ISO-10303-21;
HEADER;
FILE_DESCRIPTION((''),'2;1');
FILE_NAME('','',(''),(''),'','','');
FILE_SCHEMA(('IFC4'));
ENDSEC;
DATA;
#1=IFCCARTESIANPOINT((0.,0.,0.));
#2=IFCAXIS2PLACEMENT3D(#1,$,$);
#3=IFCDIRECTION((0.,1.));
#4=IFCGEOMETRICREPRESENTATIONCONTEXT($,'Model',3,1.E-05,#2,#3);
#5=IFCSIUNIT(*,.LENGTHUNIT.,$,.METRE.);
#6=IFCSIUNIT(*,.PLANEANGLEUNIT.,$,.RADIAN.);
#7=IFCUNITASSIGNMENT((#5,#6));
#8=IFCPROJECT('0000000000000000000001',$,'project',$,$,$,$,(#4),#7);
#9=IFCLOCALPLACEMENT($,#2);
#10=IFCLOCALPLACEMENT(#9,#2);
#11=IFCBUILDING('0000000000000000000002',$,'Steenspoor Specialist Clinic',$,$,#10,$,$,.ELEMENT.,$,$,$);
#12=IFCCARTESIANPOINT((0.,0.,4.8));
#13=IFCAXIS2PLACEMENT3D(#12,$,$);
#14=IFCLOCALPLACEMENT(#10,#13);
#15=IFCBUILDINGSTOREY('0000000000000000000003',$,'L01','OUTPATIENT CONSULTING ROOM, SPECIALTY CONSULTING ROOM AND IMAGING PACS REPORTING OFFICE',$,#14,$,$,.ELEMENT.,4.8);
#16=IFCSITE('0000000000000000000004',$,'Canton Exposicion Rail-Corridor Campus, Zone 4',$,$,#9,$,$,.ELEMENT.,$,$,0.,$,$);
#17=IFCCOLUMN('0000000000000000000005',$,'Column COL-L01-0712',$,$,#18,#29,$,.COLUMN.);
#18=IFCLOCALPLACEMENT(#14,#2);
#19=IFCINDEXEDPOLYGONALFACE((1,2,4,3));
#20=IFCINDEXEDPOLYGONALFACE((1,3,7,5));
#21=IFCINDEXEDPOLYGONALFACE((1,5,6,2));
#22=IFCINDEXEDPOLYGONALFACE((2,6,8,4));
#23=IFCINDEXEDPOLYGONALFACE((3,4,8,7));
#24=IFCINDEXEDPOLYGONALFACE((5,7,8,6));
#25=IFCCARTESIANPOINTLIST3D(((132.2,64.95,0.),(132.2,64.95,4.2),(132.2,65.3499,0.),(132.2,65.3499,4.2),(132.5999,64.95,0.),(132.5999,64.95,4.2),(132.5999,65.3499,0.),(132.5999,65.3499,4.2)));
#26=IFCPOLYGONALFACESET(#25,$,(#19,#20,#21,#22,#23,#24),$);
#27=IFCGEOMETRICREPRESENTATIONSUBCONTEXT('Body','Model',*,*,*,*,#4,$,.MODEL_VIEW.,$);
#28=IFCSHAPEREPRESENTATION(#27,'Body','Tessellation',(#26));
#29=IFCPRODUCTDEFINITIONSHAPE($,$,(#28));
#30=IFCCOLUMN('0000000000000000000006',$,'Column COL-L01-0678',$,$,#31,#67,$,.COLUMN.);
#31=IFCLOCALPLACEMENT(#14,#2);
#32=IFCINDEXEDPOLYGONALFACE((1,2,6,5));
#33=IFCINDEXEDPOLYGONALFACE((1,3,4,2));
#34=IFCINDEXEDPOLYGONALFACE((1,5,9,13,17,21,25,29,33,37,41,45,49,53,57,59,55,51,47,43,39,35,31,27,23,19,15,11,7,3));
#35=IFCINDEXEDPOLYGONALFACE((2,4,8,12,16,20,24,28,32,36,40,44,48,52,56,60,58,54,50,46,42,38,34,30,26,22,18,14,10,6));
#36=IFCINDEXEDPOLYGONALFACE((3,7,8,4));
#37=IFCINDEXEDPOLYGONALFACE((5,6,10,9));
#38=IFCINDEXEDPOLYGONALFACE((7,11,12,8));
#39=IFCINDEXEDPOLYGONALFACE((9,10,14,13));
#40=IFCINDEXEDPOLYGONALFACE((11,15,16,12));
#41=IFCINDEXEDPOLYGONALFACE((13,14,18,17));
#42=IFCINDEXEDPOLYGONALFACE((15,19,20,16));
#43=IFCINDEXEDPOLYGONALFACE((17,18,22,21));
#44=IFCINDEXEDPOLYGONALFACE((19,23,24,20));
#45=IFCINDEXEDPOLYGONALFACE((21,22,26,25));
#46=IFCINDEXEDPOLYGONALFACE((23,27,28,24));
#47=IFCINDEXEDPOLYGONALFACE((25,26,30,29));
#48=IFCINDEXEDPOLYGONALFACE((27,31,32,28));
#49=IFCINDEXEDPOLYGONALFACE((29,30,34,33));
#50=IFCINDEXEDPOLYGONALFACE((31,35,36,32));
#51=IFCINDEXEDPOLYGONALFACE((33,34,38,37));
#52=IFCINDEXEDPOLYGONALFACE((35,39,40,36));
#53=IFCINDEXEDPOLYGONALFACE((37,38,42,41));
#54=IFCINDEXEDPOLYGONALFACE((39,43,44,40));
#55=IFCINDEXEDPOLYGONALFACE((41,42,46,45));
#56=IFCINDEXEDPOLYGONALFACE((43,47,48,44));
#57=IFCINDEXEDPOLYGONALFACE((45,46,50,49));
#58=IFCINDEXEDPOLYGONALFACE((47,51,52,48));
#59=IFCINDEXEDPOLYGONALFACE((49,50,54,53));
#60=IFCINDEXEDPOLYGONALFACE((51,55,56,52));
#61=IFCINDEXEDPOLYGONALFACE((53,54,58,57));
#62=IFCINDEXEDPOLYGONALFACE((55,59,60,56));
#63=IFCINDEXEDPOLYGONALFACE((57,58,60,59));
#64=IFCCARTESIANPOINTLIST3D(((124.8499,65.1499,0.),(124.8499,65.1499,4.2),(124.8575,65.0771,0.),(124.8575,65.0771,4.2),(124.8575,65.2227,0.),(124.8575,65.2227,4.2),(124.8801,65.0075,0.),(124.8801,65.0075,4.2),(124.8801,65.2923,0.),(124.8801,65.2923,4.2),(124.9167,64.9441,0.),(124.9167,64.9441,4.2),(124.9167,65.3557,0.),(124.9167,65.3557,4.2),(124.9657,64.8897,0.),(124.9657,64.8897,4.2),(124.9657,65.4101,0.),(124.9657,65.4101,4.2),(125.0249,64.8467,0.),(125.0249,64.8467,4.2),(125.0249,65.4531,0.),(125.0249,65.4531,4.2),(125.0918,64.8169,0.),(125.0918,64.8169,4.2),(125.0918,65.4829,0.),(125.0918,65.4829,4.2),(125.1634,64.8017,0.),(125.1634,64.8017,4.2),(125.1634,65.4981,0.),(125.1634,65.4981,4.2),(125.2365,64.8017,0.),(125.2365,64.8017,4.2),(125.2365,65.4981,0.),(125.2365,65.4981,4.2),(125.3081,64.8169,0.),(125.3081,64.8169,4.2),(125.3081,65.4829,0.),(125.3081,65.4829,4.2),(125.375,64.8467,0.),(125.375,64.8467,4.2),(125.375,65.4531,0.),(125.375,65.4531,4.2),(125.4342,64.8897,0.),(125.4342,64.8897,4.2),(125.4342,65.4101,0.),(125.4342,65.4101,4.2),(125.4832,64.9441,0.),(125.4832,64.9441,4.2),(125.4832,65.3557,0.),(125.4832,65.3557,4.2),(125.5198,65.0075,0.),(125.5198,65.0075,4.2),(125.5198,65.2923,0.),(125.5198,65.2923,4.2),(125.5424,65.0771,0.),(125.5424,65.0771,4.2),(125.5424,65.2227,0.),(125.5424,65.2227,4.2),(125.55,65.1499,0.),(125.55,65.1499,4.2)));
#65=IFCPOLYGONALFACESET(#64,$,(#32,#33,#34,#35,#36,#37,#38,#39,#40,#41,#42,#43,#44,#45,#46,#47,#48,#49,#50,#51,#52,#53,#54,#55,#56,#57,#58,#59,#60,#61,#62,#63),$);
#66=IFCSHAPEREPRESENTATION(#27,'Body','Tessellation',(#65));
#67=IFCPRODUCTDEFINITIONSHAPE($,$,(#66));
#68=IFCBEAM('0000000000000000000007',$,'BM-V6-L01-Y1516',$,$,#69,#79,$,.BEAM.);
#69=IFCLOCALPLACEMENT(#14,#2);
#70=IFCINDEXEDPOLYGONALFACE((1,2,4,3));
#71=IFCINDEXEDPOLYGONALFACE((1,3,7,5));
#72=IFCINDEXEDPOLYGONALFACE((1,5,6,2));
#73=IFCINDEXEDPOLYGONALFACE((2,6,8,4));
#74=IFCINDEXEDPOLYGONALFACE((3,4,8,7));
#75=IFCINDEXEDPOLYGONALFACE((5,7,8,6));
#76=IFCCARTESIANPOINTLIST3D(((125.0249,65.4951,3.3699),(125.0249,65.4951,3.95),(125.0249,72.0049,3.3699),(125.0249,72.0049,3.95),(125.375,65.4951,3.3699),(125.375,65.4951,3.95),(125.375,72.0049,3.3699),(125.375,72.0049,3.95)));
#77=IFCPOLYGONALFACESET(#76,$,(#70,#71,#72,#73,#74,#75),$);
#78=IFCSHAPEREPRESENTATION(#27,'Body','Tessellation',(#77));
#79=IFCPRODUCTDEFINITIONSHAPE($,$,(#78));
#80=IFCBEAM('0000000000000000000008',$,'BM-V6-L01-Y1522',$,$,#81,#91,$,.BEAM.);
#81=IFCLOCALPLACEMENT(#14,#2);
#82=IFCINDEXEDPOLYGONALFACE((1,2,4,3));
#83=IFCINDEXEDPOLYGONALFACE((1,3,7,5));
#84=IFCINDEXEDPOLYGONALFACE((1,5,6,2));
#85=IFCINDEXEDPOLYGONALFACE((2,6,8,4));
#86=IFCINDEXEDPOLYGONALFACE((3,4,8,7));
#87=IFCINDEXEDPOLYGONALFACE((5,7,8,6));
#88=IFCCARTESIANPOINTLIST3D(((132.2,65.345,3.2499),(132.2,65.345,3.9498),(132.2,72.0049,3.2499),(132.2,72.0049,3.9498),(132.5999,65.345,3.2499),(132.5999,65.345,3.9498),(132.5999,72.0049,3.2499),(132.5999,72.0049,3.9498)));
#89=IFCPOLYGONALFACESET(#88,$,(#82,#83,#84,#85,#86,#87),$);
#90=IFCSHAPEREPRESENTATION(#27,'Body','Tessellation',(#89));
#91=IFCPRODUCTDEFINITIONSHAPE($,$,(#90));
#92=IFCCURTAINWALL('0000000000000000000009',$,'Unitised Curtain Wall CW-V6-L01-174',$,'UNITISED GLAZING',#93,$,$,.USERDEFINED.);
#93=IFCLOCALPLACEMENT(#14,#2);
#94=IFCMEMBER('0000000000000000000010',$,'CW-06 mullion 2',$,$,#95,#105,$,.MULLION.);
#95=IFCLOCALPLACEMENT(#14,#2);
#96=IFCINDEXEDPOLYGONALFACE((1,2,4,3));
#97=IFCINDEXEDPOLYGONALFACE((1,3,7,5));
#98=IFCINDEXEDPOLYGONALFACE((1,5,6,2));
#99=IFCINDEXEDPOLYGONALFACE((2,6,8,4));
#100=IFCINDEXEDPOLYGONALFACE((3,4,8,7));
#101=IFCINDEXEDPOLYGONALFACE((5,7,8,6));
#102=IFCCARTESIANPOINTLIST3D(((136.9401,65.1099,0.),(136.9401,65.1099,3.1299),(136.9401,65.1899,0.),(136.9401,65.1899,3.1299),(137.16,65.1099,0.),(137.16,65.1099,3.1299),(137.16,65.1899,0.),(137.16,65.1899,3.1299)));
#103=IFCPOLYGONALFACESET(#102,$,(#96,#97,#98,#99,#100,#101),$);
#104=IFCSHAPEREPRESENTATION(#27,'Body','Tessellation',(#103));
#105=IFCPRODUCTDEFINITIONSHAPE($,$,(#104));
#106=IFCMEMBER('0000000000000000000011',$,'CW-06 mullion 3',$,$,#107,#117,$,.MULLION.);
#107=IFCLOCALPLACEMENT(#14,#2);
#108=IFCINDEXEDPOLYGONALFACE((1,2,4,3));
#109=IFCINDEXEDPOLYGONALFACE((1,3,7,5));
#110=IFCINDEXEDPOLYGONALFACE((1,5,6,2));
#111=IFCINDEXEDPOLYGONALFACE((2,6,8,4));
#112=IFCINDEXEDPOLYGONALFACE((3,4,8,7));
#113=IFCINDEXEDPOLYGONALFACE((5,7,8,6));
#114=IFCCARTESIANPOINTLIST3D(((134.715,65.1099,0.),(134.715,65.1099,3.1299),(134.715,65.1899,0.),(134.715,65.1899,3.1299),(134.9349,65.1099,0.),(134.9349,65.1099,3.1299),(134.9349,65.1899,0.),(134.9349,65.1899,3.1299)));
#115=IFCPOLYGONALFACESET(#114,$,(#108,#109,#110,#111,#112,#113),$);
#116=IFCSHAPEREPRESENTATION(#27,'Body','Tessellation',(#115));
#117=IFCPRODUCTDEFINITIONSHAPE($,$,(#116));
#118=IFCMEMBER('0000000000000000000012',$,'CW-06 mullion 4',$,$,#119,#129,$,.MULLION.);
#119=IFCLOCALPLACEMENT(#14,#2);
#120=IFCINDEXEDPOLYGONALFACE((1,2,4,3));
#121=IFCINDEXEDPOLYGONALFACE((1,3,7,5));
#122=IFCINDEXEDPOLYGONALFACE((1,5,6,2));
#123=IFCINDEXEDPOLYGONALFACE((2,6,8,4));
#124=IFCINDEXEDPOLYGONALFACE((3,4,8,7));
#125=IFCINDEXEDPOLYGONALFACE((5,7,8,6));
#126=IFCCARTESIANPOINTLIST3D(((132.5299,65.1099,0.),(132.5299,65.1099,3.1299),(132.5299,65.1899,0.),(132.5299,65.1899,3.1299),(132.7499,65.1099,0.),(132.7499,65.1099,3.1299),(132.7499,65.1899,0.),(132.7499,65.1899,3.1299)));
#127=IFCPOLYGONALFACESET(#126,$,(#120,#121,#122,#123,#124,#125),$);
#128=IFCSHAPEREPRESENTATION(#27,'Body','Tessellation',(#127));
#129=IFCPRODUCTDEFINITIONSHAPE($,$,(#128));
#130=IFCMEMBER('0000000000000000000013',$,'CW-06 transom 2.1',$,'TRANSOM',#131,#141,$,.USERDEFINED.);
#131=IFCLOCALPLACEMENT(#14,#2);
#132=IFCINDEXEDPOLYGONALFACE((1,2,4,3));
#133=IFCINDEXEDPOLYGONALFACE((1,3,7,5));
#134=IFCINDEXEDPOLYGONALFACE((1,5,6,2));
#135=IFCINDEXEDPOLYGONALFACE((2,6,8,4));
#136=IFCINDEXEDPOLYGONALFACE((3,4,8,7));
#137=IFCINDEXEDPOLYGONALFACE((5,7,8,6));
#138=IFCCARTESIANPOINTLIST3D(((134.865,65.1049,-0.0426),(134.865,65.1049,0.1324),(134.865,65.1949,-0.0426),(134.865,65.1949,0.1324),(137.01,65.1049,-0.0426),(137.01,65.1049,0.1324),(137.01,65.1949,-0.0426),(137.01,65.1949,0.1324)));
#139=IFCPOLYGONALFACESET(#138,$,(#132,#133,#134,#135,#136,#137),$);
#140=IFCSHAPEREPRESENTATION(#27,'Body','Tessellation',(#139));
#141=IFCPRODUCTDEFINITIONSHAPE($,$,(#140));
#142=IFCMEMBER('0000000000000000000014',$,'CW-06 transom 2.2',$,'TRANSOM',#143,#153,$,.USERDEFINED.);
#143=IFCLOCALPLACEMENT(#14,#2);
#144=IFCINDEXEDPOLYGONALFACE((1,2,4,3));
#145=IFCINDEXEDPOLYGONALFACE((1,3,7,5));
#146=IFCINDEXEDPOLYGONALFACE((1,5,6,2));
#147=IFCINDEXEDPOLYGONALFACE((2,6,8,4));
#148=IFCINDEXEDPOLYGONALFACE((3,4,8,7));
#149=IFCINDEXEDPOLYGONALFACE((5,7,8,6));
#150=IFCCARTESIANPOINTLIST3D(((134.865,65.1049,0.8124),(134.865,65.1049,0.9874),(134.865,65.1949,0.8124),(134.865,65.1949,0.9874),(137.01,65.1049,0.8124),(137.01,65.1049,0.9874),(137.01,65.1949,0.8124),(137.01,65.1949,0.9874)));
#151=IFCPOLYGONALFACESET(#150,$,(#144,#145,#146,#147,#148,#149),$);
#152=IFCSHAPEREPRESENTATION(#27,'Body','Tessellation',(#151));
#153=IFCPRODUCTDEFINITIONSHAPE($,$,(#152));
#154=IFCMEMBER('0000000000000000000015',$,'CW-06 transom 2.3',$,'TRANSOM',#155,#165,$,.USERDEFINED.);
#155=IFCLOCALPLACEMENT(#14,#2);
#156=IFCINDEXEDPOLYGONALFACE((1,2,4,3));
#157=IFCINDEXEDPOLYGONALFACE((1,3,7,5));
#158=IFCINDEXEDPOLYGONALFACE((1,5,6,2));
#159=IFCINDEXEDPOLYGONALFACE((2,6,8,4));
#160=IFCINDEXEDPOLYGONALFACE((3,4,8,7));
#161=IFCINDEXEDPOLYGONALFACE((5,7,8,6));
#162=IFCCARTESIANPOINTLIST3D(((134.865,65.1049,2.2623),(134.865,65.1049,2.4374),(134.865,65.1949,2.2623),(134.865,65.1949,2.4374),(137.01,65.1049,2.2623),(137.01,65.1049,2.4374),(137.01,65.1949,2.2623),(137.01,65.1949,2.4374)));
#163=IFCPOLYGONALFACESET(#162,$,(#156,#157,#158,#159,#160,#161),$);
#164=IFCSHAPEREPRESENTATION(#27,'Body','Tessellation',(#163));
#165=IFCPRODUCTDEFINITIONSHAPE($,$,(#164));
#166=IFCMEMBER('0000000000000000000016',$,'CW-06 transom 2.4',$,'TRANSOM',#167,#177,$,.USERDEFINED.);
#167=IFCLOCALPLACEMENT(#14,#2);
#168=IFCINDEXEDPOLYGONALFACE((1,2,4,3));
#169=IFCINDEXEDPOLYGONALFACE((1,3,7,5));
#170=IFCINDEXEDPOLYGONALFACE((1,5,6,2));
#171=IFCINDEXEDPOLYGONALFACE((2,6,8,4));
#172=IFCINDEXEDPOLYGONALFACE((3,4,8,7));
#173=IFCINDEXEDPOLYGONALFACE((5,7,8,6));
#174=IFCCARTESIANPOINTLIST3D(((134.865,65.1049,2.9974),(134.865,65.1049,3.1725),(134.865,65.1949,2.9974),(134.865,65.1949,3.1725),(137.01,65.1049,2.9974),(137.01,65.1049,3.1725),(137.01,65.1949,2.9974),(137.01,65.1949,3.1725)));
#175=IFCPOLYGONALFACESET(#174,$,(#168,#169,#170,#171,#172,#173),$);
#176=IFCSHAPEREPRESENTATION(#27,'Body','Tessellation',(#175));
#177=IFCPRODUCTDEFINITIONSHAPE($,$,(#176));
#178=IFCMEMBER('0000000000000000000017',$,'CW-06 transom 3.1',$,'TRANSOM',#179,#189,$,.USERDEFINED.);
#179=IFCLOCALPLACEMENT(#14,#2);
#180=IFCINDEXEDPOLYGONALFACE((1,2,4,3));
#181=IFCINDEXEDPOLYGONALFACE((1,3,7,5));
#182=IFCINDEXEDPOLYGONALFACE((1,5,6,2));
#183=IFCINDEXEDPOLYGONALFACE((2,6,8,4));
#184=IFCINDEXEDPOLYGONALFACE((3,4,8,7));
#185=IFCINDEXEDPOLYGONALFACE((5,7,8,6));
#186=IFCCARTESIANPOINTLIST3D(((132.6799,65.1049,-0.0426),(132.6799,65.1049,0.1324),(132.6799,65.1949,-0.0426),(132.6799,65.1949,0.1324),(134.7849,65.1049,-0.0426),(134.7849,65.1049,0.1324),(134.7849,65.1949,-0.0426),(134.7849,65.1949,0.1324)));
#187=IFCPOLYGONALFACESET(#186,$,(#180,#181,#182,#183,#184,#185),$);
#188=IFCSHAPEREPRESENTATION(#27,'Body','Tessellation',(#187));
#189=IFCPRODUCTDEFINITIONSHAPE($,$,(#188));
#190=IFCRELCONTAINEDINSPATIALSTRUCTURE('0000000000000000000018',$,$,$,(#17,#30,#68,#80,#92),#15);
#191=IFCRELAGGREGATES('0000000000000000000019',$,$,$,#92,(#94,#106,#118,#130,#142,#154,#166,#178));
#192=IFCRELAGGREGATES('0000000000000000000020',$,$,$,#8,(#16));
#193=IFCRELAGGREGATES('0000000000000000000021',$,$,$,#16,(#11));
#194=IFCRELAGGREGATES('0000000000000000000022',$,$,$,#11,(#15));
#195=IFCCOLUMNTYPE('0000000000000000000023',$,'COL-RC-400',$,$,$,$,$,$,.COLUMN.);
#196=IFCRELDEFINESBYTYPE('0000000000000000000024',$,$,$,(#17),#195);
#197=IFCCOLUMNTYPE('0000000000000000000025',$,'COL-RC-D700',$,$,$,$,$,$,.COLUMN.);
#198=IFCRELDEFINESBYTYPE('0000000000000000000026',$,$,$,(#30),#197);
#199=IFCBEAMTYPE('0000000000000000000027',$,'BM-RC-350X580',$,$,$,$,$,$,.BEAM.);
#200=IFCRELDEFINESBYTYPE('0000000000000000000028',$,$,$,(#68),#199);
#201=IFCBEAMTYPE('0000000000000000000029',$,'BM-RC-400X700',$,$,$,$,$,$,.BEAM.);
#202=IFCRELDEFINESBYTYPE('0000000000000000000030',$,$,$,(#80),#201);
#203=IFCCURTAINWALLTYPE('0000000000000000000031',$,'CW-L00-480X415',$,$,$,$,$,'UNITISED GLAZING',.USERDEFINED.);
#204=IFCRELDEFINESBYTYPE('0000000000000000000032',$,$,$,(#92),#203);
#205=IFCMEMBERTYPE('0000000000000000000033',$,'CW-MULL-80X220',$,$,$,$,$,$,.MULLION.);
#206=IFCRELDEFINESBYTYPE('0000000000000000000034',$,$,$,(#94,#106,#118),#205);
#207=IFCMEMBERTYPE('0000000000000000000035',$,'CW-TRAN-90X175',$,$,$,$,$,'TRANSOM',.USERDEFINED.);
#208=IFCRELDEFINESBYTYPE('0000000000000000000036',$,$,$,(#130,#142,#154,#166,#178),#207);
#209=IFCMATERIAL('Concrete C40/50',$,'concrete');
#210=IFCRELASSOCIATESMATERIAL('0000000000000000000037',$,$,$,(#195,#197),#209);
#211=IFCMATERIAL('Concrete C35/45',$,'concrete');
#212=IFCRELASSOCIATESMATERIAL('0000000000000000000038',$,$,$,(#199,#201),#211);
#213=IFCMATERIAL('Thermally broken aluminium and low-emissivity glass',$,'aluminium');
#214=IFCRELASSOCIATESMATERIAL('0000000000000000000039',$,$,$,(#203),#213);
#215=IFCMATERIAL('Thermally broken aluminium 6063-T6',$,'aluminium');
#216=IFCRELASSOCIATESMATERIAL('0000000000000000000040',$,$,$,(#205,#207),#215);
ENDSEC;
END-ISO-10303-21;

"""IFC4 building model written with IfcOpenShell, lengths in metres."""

from ifc_helpers import new_model, si_unit, direction, frame, origin, origin_2d, place, context, subcontext, project, spatial, rectangle, circle, extrude, material, material_profile, profile_set, type_object, element, aggregate, save


model = new_model("IFC4")

# Units and contexts
model_context = context("Model", 3, precision=1e-05, world=origin(), true_north=direction((0.0, 1.0)))
body_context = subcontext(model_context, "Body", "Model", "MODEL_VIEW")
ifc_project = project(units=[si_unit("LENGTHUNIT", "METRE"), si_unit("PLANEANGLEUNIT", "RADIAN")], contexts=[model_context])

# Site, building, storey
site_placement = place(None, origin())
site = spatial("IfcSite", under=ifc_project, at=site_placement, Name="Canton Exposicion Rail-Corridor Campus, Zone 4", CompositionType="ELEMENT", RefElevation=0.0)
building_placement = place(site_placement, origin())
building = spatial("IfcBuilding", under=site, at=building_placement, Name="Steenspoor Specialist Clinic", CompositionType="ELEMENT")
storey_placement = place(building_placement, frame((0.0, 0.0, 4.8)))
storey = spatial("IfcBuildingStorey", under=building, at=storey_placement, Name="L01", Description="OUTPATIENT CONSULTING ROOM, SPECIALTY CONSULTING ROOM AND IMAGING PACS REPORTING OFFICE", CompositionType="ELEMENT", Elevation=4.8)

# Columns
ifc_material_1 = material(Name="Concrete C40/50", Category="concrete")
ifc_material_profile_1 = material_profile(ifc_material_1, rectangle(XDim=0.3999, YDim=0.3999, at=origin_2d()), Name="RC-COL-400X400")
ifc_profile_set_1 = profile_set([ifc_material_profile_1], Name="Concrete C40/50")
column_type_1 = type_object("IfcColumnType", Name="COL-RC-400", PredefinedType="COLUMN", material=ifc_profile_set_1)
column_1_placement = place(storey_placement, frame((132.3999, 65.1499, 0.0), z_axis=(0.0, 0.0, 1.0), x_axis=(1.0, 0.0, 0.0)))
element("IfcColumn", 1, at=column_1_placement, inside=storey, type_object=column_type_1, Name="Column COL-L01-0712", PredefinedType="COLUMN", context=body_context, shape_type="SweptSolid", body=[
    extrude(rectangle(XDim=0.3999, YDim=0.3999, at=origin_2d()), origin(), (0.0, 0.0, 1.0), 4.2),
])
ifc_material_profile_2 = material_profile(ifc_material_1, circle(Radius=0.3501, at=origin_2d()), Name="RC-COL-D700")
ifc_profile_set_2 = profile_set([ifc_material_profile_2], Name="Concrete C40/50")
column_type_2 = type_object("IfcColumnType", Name="COL-RC-D700", PredefinedType="COLUMN", material=ifc_profile_set_2)
column_2_placement = place(storey_placement, frame((125.2, 65.1499, 0.0), z_axis=(0.0, 0.0, 1.0), x_axis=(1.0, 0.0, 0.0)))
element("IfcColumn", 2, at=column_2_placement, inside=storey, type_object=column_type_2, Name="Column COL-L01-0678", PredefinedType="COLUMN", context=body_context, shape_type="SweptSolid", body=[
    extrude(circle(Radius=0.3501, at=origin_2d()), origin(), (0.0, 0.0, 1.0), 4.2),
])

# Beams
ifc_material_2 = material(Name="Concrete C35/45", Category="concrete")
ifc_material_profile_3 = material_profile(ifc_material_2, rectangle(XDim=0.3501, YDim=0.5801, at=origin_2d()), Name="RC-BM-350X580")
ifc_profile_set_3 = profile_set([ifc_material_profile_3], Name="Concrete C35/45")
beam_type_1 = type_object("IfcBeamType", Name="BM-RC-350X580", PredefinedType="BEAM", material=ifc_profile_set_3)
beam_1_placement = place(storey_placement, frame((125.2, 65.4951, 3.6599), z_axis=(0.0, 1.0, 0.0), x_axis=(-1.0, 0.0, 0.0)))
element("IfcBeam", 3, at=beam_1_placement, inside=storey, type_object=beam_type_1, Name="BM-V6-L01-Y1516", PredefinedType="BEAM", context=body_context, shape_type="SweptSolid", body=[
    extrude(rectangle(XDim=0.3501, YDim=0.5801, at=origin_2d()), origin(), (0.0, 0.0, 1.0), 6.5098),
])
ifc_material_profile_4 = material_profile(ifc_material_2, rectangle(XDim=0.3999, YDim=0.7, at=origin_2d()), Name="RC-BM-400X700")
ifc_profile_set_4 = profile_set([ifc_material_profile_4], Name="Concrete C35/45")
beam_type_2 = type_object("IfcBeamType", Name="BM-RC-400X700", PredefinedType="BEAM", material=ifc_profile_set_4)
beam_2_placement = place(storey_placement, frame((132.3999, 65.345, 3.5999), z_axis=(0.0, 1.0, 0.0), x_axis=(-1.0, 0.0, 0.0)))
element("IfcBeam", 4, at=beam_2_placement, inside=storey, type_object=beam_type_2, Name="BM-V6-L01-Y1522", PredefinedType="BEAM", context=body_context, shape_type="SweptSolid", body=[
    extrude(rectangle(XDim=0.3999, YDim=0.7, at=origin_2d()), origin(), (0.0, 0.0, 1.0), 6.6599),
])

# Curtain wall, members
ifc_material_3 = material(Name="Thermally broken aluminium and low-emissivity glass", Category="aluminium")
curtain_wall_type = type_object("IfcCurtainWallType", Name="CW-L00-480X415", ElementType="UNITISED GLAZING", PredefinedType="USERDEFINED", material=ifc_material_3)
curtain_wall_placement = place(storey_placement, origin())
curtain_wall = element("IfcCurtainWall", 5, at=curtain_wall_placement, inside=storey, type_object=curtain_wall_type, Name="Unitised Curtain Wall CW-V6-L01-174", ObjectType="UNITISED GLAZING", PredefinedType="USERDEFINED")
ifc_material_4 = material(Name="Thermally broken aluminium 6063-T6", Category="aluminium")
ifc_material_profile_5 = material_profile(ifc_material_4, rectangle(XDim=0.0801, YDim=0.22, at=origin_2d()), Name="CWM-80X220")
ifc_profile_set_5 = profile_set([ifc_material_profile_5], Name="Thermally broken aluminium 6063-T6")
member_type_1 = type_object("IfcMemberType", Name="CW-MULL-80X220", PredefinedType="MULLION", material=ifc_profile_set_5)
member_1_placement = place(storey_placement, frame((137.05, 65.1499, 0.0), z_axis=(0.0, 0.0, 1.0), x_axis=(0.0, -1.0, 0.0)))
member_1 = element("IfcMember", 6, at=member_1_placement, type_object=member_type_1, Name="CW-06 mullion 2", PredefinedType="MULLION", context=body_context, shape_type="SweptSolid", body=[
    extrude(rectangle(XDim=0.0801, YDim=0.22, at=origin_2d()), origin(), (0.0, 0.0, 1.0), 3.1299),
])
member_2_placement = place(storey_placement, frame((134.825, 65.1499, 0.0), z_axis=(0.0, 0.0, 1.0), x_axis=(0.0, -1.0, 0.0)))
member_2 = element("IfcMember", 7, at=member_2_placement, type_object=member_type_1, Name="CW-06 mullion 3", PredefinedType="MULLION", context=body_context, shape_type="SweptSolid", body=[
    extrude(rectangle(XDim=0.0801, YDim=0.22, at=origin_2d()), origin(), (0.0, 0.0, 1.0), 3.1299),
])
member_3_placement = place(storey_placement, frame((132.6399, 65.1499, 0.0), z_axis=(0.0, 0.0, 1.0), x_axis=(0.0, -1.0, 0.0)))
member_3 = element("IfcMember", 8, at=member_3_placement, type_object=member_type_1, Name="CW-06 mullion 4", PredefinedType="MULLION", context=body_context, shape_type="SweptSolid", body=[
    extrude(rectangle(XDim=0.0801, YDim=0.22, at=origin_2d()), origin(), (0.0, 0.0, 1.0), 3.1299),
])
ifc_material_profile_6 = material_profile(ifc_material_4, rectangle(XDim=0.0901, YDim=0.175, at=origin_2d()), Name="CWT-90X175")
ifc_profile_set_6 = profile_set([ifc_material_profile_6], Name="Thermally broken aluminium 6063-T6")
member_type_2 = type_object("IfcMemberType", Name="CW-TRAN-90X175", ElementType="TRANSOM", PredefinedType="USERDEFINED", material=ifc_profile_set_6)
member_4_placement = place(storey_placement, frame((137.01, 65.1499, 0.0449), z_axis=(-1.0, 0.0, 0.0), x_axis=(0.0, -1.0, 0.0)))
member_4 = element("IfcMember", 9, at=member_4_placement, type_object=member_type_2, Name="CW-06 transom 2.1", ObjectType="TRANSOM", PredefinedType="USERDEFINED", context=body_context, shape_type="SweptSolid", body=[
    extrude(rectangle(XDim=0.0901, YDim=0.175, at=origin_2d()), origin(), (0.0, 0.0, 1.0), 2.145),
])
member_5_placement = place(storey_placement, frame((137.01, 65.1499, 0.8999), z_axis=(-1.0, 0.0, 0.0), x_axis=(0.0, -1.0, 0.0)))
member_5 = element("IfcMember", 10, at=member_5_placement, type_object=member_type_2, Name="CW-06 transom 2.2", ObjectType="TRANSOM", PredefinedType="USERDEFINED", context=body_context, shape_type="SweptSolid", body=[
    extrude(rectangle(XDim=0.0901, YDim=0.175, at=origin_2d()), origin(), (0.0, 0.0, 1.0), 2.145),
])
member_6_placement = place(storey_placement, frame((137.01, 65.1499, 2.3499), z_axis=(-1.0, 0.0, 0.0), x_axis=(0.0, -1.0, 0.0)))
member_6 = element("IfcMember", 11, at=member_6_placement, type_object=member_type_2, Name="CW-06 transom 2.3", ObjectType="TRANSOM", PredefinedType="USERDEFINED", context=body_context, shape_type="SweptSolid", body=[
    extrude(rectangle(XDim=0.0901, YDim=0.175, at=origin_2d()), origin(), (0.0, 0.0, 1.0), 2.145),
])
member_7_placement = place(storey_placement, frame((137.01, 65.1499, 3.085), z_axis=(-1.0, 0.0, 0.0), x_axis=(0.0, -1.0, 0.0)))
member_7 = element("IfcMember", 12, at=member_7_placement, type_object=member_type_2, Name="CW-06 transom 2.4", ObjectType="TRANSOM", PredefinedType="USERDEFINED", context=body_context, shape_type="SweptSolid", body=[
    extrude(rectangle(XDim=0.0901, YDim=0.175, at=origin_2d()), origin(), (0.0, 0.0, 1.0), 2.145),
])
member_8_placement = place(storey_placement, frame((134.7849, 65.1499, 0.0449), z_axis=(-1.0, 0.0, 0.0), x_axis=(0.0, -1.0, 0.0)))
member_8 = element("IfcMember", 13, at=member_8_placement, type_object=member_type_2, Name="CW-06 transom 3.1", ObjectType="TRANSOM", PredefinedType="USERDEFINED", context=body_context, shape_type="SweptSolid", body=[
    extrude(rectangle(XDim=0.0901, YDim=0.175, at=origin_2d()), origin(), (0.0, 0.0, 1.0), 2.105),
])

aggregate(curtain_wall, [member_1, member_2, member_3, member_4, member_5, member_6, member_7, member_8])

save(model, "model.ifc")
